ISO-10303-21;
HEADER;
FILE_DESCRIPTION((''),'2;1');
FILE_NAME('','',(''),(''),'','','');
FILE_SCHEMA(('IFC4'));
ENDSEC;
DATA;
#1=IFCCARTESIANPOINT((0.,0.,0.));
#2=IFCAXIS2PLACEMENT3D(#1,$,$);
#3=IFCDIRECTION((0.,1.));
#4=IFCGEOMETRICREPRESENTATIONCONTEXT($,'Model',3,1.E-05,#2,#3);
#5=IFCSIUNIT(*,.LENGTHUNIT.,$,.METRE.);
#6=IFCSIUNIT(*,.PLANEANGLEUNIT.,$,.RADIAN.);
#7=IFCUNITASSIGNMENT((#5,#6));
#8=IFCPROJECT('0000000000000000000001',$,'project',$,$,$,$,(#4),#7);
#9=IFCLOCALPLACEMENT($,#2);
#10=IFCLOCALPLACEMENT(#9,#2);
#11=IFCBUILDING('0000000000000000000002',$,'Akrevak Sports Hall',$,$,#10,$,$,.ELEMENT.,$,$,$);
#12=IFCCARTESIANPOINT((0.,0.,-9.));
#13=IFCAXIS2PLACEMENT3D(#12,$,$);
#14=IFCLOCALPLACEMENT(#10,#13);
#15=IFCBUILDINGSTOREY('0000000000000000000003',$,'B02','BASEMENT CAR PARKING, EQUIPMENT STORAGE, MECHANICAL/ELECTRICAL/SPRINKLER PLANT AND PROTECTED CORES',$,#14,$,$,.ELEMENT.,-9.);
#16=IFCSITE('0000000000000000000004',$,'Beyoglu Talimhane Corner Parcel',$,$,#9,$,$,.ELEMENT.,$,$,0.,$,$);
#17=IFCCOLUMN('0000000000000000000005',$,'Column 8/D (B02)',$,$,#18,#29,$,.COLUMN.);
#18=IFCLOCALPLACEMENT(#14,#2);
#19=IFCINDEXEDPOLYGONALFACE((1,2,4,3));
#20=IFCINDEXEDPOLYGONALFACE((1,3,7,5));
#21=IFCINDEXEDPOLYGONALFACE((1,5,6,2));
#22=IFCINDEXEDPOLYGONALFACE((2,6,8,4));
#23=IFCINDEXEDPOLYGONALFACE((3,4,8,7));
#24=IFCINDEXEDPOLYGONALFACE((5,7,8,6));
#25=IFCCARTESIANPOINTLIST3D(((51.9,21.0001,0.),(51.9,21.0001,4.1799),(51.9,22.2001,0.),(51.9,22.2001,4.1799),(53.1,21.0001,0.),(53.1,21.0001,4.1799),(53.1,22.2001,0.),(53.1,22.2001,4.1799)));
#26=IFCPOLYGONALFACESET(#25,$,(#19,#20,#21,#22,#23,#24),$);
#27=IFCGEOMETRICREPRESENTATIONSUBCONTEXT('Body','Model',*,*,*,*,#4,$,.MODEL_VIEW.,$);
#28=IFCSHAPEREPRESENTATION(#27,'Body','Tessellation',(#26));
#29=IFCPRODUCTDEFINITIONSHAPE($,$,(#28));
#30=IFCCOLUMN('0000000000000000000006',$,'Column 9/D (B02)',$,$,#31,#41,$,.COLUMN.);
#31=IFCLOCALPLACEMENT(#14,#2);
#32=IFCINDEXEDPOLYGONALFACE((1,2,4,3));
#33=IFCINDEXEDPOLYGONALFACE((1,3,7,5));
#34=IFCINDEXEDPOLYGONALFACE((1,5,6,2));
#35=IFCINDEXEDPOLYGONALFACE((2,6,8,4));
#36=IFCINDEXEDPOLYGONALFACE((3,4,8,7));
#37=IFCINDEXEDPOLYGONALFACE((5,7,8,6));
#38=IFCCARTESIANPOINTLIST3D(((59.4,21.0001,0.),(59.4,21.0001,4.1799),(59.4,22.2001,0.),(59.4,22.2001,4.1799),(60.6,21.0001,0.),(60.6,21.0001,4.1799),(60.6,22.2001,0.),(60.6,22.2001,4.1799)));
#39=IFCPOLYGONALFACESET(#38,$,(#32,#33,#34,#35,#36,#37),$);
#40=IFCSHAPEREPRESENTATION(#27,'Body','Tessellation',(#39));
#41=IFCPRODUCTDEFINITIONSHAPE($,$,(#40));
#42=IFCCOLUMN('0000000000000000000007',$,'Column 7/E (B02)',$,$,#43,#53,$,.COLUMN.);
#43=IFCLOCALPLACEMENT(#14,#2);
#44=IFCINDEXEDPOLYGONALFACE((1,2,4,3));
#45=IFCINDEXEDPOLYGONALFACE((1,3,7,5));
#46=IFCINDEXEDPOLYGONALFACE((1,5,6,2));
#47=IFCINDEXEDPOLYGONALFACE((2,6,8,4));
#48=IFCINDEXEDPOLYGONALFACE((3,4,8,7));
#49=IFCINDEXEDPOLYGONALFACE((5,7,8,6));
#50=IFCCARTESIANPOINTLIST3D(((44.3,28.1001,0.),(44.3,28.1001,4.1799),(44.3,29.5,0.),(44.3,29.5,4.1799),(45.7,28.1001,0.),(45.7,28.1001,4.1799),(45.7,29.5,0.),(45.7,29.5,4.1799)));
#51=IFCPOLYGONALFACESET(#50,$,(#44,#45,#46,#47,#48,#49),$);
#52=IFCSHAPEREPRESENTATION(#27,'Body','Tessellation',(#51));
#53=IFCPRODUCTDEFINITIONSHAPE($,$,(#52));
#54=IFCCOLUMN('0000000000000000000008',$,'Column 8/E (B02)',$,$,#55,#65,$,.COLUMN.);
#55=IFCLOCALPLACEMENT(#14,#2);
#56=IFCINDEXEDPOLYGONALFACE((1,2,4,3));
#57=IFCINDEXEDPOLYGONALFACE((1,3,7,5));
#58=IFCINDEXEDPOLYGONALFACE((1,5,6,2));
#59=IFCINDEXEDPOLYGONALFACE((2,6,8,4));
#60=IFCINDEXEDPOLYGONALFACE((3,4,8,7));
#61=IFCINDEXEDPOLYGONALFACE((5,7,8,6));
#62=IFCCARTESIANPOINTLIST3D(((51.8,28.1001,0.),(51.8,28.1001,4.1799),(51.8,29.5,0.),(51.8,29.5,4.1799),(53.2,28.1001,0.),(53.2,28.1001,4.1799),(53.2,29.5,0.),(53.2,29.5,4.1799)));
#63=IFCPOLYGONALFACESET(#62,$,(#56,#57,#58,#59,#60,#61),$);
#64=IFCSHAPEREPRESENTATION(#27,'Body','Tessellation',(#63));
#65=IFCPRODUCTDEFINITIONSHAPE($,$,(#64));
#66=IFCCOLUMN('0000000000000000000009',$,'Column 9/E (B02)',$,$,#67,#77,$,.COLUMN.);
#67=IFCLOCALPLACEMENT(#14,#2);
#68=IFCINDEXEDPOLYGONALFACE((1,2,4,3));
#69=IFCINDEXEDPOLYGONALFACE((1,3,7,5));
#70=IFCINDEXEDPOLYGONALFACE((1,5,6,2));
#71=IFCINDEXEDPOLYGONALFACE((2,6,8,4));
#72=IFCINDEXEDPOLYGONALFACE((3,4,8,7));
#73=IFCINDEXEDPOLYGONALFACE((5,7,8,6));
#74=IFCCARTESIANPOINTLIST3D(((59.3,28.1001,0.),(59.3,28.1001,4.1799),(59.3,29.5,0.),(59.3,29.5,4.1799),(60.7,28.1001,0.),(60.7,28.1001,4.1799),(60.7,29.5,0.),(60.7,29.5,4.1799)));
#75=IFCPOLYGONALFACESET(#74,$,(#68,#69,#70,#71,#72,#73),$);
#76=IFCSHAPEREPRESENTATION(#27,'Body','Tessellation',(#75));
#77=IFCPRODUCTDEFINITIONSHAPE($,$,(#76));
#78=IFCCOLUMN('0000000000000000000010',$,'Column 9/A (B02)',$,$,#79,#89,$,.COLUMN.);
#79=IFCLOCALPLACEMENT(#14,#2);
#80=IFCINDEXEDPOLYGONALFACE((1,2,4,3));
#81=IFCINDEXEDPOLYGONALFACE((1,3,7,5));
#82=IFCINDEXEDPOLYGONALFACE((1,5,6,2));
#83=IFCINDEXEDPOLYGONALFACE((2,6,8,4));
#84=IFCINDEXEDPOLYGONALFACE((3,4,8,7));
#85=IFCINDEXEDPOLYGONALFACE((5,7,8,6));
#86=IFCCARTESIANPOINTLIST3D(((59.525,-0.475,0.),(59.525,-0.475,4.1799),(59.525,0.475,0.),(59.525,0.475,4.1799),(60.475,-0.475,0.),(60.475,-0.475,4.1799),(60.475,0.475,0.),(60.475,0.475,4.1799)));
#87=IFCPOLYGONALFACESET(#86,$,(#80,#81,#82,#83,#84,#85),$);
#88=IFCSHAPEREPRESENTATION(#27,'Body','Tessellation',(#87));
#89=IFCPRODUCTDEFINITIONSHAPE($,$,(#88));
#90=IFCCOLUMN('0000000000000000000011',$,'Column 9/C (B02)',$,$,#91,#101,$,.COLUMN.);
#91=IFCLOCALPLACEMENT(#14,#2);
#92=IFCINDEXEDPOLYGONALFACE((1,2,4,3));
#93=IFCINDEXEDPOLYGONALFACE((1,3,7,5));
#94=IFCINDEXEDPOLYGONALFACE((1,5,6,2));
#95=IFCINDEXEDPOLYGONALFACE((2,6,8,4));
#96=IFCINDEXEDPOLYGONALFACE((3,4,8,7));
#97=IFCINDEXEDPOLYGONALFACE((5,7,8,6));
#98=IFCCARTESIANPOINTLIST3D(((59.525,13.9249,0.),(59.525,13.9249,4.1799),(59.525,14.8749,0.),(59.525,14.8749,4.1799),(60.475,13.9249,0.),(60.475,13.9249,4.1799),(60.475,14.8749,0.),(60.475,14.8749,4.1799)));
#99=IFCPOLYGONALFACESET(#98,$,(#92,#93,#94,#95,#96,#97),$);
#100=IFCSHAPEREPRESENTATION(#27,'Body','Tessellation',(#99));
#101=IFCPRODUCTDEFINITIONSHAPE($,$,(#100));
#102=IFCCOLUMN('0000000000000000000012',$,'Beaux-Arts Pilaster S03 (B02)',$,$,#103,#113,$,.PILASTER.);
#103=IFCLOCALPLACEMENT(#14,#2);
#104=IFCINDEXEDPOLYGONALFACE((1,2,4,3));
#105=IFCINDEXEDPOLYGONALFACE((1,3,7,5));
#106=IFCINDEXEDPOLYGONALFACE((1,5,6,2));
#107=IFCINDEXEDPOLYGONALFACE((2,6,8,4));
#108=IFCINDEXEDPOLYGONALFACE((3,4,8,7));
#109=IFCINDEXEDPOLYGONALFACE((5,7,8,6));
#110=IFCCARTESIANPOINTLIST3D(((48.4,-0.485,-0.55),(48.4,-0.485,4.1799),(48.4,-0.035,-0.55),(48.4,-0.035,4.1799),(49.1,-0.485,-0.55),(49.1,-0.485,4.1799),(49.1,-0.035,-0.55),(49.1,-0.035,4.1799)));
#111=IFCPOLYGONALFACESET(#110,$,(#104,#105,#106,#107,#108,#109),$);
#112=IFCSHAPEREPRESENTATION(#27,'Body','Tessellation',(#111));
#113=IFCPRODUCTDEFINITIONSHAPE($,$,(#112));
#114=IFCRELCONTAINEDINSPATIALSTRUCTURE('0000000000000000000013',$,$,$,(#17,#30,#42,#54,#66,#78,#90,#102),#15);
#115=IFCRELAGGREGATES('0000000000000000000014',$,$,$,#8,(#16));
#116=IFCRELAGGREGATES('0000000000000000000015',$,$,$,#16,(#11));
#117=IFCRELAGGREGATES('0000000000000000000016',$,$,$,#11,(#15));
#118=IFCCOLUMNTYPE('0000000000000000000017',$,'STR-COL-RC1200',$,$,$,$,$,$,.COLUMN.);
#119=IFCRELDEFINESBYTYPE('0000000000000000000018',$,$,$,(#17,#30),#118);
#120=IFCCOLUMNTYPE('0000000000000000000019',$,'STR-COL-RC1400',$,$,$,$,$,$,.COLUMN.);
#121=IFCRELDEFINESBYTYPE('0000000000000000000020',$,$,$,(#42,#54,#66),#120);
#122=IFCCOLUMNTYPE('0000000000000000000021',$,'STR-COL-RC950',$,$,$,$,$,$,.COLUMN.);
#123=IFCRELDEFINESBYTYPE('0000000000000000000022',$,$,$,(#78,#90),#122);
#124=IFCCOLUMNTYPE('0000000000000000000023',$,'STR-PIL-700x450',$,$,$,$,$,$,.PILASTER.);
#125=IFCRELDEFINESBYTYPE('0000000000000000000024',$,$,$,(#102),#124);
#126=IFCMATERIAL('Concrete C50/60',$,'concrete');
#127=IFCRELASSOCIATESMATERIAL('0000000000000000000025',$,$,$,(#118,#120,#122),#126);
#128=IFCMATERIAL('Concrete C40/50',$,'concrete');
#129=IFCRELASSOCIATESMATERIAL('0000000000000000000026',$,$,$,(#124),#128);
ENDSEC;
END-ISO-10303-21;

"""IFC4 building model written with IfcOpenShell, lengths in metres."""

from ifc_helpers import new_model, si_unit, direction, frame, origin, origin_2d, place, context, subcontext, project, spatial, rectangle, extrude, material, material_profile, profile_set, type_object, element, save


model = new_model("IFC4")

# Units and contexts
model_context = context("Model", 3, precision=1e-05, world=origin(), true_north=direction((0.0, 1.0)))
body_context = subcontext(model_context, "Body", "Model", "MODEL_VIEW")
ifc_project = project(units=[si_unit("LENGTHUNIT", "METRE"), si_unit("PLANEANGLEUNIT", "RADIAN")], contexts=[model_context])

# Site, building, storey
site_placement = place(None, origin())
site = spatial("IfcSite", under=ifc_project, at=site_placement, Name="Beyoglu Talimhane Corner Parcel", CompositionType="ELEMENT", RefElevation=0.0)
building_placement = place(site_placement, origin())
building = spatial("IfcBuilding", under=site, at=building_placement, Name="Akrevak Sports Hall", CompositionType="ELEMENT")
storey_placement = place(building_placement, frame((0.0, 0.0, -9.0)))
storey = spatial("IfcBuildingStorey", under=building, at=storey_placement, Name="B02", Description="BASEMENT CAR PARKING, EQUIPMENT STORAGE, MECHANICAL/ELECTRICAL/SPRINKLER PLANT AND PROTECTED CORES", CompositionType="ELEMENT", Elevation=-9.0)

# Shared definitions
ifc_material_1 = material(Name="Concrete C40/50", Category="concrete")

# Columns
ifc_material_2 = material(Name="Concrete C50/60", Category="concrete")
ifc_material_profile_1 = material_profile(ifc_material_2, rectangle(XDim=1.2, YDim=1.2, at=origin_2d()), Name="RC 1200x1200", Category="concrete")
ifc_profile_set_1 = profile_set([ifc_material_profile_1], Name="Concrete C50/60")
column_type_1 = type_object("IfcColumnType", Name="STR-COL-RC1200", PredefinedType="COLUMN", material=ifc_profile_set_1)
for number, where, z_axis, x_axis, name in (
    (1, (52.5, 21.6001, 0.0), (0.0, 0.0, 1.0), (1.0, 0.0, 0.0), "Column 8/D (B02)"),
    (2, (60.0, 21.6001, 0.0), (0.0, 0.0, 1.0), (1.0, 0.0, 0.0), "Column 9/D (B02)"),
):
    element("IfcColumn", number, at=place(storey_placement, frame(where, z_axis=z_axis, x_axis=x_axis)), inside=storey, type_object=column_type_1, Name=name, PredefinedType="COLUMN", context=body_context, shape_type="SweptSolid", body=[
        extrude(rectangle(XDim=1.2, YDim=1.2, at=origin_2d()), origin(), (0.0, 0.0, 1.0), 4.1799),
    ])
ifc_material_profile_2 = material_profile(ifc_material_2, rectangle(XDim=1.3999, YDim=1.3999, at=origin_2d()), Name="RC 1400x1400", Category="concrete")
ifc_profile_set_2 = profile_set([ifc_material_profile_2], Name="Concrete C50/60")
column_type_2 = type_object("IfcColumnType", Name="STR-COL-RC1400", PredefinedType="COLUMN", material=ifc_profile_set_2)
for number, where, z_axis, x_axis, name in (
    (3, (45.0, 28.8, 0.0), (0.0, 0.0, 1.0), (1.0, 0.0, 0.0), "Column 7/E (B02)"),
    (4, (52.5, 28.8, 0.0), (0.0, 0.0, 1.0), (1.0, 0.0, 0.0), "Column 8/E (B02)"),
    (5, (60.0, 28.8, 0.0), (0.0, 0.0, 1.0), (1.0, 0.0, 0.0), "Column 9/E (B02)"),
):
    element("IfcColumn", number, at=place(storey_placement, frame(where, z_axis=z_axis, x_axis=x_axis)), inside=storey, type_object=column_type_2, Name=name, PredefinedType="COLUMN", context=body_context, shape_type="SweptSolid", body=[
        extrude(rectangle(XDim=1.3999, YDim=1.3999, at=origin_2d()), origin(), (0.0, 0.0, 1.0), 4.1799),
    ])
ifc_material_profile_3 = material_profile(ifc_material_2, rectangle(XDim=0.95, YDim=0.95, at=origin_2d()), Name="RC 950x950", Category="concrete")
ifc_profile_set_3 = profile_set([ifc_material_profile_3], Name="Concrete C50/60")
column_type_3 = type_object("IfcColumnType", Name="STR-COL-RC950", PredefinedType="COLUMN", material=ifc_profile_set_3)
for number, where, z_axis, x_axis, name in (
    (6, (60.0, 0.0, 0.0), (0.0, 0.0, 1.0), (1.0, 0.0, 0.0), "Column 9/A (B02)"),
    (7, (60.0, 14.3999, 0.0), (0.0, 0.0, 1.0), (1.0, 0.0, 0.0), "Column 9/C (B02)"),
):
    element("IfcColumn", number, at=place(storey_placement, frame(where, z_axis=z_axis, x_axis=x_axis)), inside=storey, type_object=column_type_3, Name=name, PredefinedType="COLUMN", context=body_context, shape_type="SweptSolid", body=[
        extrude(rectangle(XDim=0.95, YDim=0.95, at=origin_2d()), origin(), (0.0, 0.0, 1.0), 4.1799),
    ])
ifc_material_profile_4 = material_profile(ifc_material_1, rectangle(XDim=0.7, YDim=0.45, at=origin_2d()), Name="PIL 700x450", Category="concrete")
ifc_profile_set_4 = profile_set([ifc_material_profile_4], Name="Concrete C40/50")
column_type_4 = type_object("IfcColumnType", Name="STR-PIL-700x450", PredefinedType="PILASTER", material=ifc_profile_set_4)
column_placement = place(storey_placement, frame((48.75, -0.26, -0.55), z_axis=(0.0, 0.0, 1.0), x_axis=(1.0, 0.0, 0.0)))
element("IfcColumn", 8, at=column_placement, inside=storey, type_object=column_type_4, Name="Beaux-Arts Pilaster S03 (B02)", PredefinedType="PILASTER", context=body_context, shape_type="SweptSolid", body=[
    extrude(rectangle(XDim=0.7, YDim=0.45, at=origin_2d()), origin(), (0.0, 0.0, 1.0), 4.73),
])

save(model, "model.ifc")
